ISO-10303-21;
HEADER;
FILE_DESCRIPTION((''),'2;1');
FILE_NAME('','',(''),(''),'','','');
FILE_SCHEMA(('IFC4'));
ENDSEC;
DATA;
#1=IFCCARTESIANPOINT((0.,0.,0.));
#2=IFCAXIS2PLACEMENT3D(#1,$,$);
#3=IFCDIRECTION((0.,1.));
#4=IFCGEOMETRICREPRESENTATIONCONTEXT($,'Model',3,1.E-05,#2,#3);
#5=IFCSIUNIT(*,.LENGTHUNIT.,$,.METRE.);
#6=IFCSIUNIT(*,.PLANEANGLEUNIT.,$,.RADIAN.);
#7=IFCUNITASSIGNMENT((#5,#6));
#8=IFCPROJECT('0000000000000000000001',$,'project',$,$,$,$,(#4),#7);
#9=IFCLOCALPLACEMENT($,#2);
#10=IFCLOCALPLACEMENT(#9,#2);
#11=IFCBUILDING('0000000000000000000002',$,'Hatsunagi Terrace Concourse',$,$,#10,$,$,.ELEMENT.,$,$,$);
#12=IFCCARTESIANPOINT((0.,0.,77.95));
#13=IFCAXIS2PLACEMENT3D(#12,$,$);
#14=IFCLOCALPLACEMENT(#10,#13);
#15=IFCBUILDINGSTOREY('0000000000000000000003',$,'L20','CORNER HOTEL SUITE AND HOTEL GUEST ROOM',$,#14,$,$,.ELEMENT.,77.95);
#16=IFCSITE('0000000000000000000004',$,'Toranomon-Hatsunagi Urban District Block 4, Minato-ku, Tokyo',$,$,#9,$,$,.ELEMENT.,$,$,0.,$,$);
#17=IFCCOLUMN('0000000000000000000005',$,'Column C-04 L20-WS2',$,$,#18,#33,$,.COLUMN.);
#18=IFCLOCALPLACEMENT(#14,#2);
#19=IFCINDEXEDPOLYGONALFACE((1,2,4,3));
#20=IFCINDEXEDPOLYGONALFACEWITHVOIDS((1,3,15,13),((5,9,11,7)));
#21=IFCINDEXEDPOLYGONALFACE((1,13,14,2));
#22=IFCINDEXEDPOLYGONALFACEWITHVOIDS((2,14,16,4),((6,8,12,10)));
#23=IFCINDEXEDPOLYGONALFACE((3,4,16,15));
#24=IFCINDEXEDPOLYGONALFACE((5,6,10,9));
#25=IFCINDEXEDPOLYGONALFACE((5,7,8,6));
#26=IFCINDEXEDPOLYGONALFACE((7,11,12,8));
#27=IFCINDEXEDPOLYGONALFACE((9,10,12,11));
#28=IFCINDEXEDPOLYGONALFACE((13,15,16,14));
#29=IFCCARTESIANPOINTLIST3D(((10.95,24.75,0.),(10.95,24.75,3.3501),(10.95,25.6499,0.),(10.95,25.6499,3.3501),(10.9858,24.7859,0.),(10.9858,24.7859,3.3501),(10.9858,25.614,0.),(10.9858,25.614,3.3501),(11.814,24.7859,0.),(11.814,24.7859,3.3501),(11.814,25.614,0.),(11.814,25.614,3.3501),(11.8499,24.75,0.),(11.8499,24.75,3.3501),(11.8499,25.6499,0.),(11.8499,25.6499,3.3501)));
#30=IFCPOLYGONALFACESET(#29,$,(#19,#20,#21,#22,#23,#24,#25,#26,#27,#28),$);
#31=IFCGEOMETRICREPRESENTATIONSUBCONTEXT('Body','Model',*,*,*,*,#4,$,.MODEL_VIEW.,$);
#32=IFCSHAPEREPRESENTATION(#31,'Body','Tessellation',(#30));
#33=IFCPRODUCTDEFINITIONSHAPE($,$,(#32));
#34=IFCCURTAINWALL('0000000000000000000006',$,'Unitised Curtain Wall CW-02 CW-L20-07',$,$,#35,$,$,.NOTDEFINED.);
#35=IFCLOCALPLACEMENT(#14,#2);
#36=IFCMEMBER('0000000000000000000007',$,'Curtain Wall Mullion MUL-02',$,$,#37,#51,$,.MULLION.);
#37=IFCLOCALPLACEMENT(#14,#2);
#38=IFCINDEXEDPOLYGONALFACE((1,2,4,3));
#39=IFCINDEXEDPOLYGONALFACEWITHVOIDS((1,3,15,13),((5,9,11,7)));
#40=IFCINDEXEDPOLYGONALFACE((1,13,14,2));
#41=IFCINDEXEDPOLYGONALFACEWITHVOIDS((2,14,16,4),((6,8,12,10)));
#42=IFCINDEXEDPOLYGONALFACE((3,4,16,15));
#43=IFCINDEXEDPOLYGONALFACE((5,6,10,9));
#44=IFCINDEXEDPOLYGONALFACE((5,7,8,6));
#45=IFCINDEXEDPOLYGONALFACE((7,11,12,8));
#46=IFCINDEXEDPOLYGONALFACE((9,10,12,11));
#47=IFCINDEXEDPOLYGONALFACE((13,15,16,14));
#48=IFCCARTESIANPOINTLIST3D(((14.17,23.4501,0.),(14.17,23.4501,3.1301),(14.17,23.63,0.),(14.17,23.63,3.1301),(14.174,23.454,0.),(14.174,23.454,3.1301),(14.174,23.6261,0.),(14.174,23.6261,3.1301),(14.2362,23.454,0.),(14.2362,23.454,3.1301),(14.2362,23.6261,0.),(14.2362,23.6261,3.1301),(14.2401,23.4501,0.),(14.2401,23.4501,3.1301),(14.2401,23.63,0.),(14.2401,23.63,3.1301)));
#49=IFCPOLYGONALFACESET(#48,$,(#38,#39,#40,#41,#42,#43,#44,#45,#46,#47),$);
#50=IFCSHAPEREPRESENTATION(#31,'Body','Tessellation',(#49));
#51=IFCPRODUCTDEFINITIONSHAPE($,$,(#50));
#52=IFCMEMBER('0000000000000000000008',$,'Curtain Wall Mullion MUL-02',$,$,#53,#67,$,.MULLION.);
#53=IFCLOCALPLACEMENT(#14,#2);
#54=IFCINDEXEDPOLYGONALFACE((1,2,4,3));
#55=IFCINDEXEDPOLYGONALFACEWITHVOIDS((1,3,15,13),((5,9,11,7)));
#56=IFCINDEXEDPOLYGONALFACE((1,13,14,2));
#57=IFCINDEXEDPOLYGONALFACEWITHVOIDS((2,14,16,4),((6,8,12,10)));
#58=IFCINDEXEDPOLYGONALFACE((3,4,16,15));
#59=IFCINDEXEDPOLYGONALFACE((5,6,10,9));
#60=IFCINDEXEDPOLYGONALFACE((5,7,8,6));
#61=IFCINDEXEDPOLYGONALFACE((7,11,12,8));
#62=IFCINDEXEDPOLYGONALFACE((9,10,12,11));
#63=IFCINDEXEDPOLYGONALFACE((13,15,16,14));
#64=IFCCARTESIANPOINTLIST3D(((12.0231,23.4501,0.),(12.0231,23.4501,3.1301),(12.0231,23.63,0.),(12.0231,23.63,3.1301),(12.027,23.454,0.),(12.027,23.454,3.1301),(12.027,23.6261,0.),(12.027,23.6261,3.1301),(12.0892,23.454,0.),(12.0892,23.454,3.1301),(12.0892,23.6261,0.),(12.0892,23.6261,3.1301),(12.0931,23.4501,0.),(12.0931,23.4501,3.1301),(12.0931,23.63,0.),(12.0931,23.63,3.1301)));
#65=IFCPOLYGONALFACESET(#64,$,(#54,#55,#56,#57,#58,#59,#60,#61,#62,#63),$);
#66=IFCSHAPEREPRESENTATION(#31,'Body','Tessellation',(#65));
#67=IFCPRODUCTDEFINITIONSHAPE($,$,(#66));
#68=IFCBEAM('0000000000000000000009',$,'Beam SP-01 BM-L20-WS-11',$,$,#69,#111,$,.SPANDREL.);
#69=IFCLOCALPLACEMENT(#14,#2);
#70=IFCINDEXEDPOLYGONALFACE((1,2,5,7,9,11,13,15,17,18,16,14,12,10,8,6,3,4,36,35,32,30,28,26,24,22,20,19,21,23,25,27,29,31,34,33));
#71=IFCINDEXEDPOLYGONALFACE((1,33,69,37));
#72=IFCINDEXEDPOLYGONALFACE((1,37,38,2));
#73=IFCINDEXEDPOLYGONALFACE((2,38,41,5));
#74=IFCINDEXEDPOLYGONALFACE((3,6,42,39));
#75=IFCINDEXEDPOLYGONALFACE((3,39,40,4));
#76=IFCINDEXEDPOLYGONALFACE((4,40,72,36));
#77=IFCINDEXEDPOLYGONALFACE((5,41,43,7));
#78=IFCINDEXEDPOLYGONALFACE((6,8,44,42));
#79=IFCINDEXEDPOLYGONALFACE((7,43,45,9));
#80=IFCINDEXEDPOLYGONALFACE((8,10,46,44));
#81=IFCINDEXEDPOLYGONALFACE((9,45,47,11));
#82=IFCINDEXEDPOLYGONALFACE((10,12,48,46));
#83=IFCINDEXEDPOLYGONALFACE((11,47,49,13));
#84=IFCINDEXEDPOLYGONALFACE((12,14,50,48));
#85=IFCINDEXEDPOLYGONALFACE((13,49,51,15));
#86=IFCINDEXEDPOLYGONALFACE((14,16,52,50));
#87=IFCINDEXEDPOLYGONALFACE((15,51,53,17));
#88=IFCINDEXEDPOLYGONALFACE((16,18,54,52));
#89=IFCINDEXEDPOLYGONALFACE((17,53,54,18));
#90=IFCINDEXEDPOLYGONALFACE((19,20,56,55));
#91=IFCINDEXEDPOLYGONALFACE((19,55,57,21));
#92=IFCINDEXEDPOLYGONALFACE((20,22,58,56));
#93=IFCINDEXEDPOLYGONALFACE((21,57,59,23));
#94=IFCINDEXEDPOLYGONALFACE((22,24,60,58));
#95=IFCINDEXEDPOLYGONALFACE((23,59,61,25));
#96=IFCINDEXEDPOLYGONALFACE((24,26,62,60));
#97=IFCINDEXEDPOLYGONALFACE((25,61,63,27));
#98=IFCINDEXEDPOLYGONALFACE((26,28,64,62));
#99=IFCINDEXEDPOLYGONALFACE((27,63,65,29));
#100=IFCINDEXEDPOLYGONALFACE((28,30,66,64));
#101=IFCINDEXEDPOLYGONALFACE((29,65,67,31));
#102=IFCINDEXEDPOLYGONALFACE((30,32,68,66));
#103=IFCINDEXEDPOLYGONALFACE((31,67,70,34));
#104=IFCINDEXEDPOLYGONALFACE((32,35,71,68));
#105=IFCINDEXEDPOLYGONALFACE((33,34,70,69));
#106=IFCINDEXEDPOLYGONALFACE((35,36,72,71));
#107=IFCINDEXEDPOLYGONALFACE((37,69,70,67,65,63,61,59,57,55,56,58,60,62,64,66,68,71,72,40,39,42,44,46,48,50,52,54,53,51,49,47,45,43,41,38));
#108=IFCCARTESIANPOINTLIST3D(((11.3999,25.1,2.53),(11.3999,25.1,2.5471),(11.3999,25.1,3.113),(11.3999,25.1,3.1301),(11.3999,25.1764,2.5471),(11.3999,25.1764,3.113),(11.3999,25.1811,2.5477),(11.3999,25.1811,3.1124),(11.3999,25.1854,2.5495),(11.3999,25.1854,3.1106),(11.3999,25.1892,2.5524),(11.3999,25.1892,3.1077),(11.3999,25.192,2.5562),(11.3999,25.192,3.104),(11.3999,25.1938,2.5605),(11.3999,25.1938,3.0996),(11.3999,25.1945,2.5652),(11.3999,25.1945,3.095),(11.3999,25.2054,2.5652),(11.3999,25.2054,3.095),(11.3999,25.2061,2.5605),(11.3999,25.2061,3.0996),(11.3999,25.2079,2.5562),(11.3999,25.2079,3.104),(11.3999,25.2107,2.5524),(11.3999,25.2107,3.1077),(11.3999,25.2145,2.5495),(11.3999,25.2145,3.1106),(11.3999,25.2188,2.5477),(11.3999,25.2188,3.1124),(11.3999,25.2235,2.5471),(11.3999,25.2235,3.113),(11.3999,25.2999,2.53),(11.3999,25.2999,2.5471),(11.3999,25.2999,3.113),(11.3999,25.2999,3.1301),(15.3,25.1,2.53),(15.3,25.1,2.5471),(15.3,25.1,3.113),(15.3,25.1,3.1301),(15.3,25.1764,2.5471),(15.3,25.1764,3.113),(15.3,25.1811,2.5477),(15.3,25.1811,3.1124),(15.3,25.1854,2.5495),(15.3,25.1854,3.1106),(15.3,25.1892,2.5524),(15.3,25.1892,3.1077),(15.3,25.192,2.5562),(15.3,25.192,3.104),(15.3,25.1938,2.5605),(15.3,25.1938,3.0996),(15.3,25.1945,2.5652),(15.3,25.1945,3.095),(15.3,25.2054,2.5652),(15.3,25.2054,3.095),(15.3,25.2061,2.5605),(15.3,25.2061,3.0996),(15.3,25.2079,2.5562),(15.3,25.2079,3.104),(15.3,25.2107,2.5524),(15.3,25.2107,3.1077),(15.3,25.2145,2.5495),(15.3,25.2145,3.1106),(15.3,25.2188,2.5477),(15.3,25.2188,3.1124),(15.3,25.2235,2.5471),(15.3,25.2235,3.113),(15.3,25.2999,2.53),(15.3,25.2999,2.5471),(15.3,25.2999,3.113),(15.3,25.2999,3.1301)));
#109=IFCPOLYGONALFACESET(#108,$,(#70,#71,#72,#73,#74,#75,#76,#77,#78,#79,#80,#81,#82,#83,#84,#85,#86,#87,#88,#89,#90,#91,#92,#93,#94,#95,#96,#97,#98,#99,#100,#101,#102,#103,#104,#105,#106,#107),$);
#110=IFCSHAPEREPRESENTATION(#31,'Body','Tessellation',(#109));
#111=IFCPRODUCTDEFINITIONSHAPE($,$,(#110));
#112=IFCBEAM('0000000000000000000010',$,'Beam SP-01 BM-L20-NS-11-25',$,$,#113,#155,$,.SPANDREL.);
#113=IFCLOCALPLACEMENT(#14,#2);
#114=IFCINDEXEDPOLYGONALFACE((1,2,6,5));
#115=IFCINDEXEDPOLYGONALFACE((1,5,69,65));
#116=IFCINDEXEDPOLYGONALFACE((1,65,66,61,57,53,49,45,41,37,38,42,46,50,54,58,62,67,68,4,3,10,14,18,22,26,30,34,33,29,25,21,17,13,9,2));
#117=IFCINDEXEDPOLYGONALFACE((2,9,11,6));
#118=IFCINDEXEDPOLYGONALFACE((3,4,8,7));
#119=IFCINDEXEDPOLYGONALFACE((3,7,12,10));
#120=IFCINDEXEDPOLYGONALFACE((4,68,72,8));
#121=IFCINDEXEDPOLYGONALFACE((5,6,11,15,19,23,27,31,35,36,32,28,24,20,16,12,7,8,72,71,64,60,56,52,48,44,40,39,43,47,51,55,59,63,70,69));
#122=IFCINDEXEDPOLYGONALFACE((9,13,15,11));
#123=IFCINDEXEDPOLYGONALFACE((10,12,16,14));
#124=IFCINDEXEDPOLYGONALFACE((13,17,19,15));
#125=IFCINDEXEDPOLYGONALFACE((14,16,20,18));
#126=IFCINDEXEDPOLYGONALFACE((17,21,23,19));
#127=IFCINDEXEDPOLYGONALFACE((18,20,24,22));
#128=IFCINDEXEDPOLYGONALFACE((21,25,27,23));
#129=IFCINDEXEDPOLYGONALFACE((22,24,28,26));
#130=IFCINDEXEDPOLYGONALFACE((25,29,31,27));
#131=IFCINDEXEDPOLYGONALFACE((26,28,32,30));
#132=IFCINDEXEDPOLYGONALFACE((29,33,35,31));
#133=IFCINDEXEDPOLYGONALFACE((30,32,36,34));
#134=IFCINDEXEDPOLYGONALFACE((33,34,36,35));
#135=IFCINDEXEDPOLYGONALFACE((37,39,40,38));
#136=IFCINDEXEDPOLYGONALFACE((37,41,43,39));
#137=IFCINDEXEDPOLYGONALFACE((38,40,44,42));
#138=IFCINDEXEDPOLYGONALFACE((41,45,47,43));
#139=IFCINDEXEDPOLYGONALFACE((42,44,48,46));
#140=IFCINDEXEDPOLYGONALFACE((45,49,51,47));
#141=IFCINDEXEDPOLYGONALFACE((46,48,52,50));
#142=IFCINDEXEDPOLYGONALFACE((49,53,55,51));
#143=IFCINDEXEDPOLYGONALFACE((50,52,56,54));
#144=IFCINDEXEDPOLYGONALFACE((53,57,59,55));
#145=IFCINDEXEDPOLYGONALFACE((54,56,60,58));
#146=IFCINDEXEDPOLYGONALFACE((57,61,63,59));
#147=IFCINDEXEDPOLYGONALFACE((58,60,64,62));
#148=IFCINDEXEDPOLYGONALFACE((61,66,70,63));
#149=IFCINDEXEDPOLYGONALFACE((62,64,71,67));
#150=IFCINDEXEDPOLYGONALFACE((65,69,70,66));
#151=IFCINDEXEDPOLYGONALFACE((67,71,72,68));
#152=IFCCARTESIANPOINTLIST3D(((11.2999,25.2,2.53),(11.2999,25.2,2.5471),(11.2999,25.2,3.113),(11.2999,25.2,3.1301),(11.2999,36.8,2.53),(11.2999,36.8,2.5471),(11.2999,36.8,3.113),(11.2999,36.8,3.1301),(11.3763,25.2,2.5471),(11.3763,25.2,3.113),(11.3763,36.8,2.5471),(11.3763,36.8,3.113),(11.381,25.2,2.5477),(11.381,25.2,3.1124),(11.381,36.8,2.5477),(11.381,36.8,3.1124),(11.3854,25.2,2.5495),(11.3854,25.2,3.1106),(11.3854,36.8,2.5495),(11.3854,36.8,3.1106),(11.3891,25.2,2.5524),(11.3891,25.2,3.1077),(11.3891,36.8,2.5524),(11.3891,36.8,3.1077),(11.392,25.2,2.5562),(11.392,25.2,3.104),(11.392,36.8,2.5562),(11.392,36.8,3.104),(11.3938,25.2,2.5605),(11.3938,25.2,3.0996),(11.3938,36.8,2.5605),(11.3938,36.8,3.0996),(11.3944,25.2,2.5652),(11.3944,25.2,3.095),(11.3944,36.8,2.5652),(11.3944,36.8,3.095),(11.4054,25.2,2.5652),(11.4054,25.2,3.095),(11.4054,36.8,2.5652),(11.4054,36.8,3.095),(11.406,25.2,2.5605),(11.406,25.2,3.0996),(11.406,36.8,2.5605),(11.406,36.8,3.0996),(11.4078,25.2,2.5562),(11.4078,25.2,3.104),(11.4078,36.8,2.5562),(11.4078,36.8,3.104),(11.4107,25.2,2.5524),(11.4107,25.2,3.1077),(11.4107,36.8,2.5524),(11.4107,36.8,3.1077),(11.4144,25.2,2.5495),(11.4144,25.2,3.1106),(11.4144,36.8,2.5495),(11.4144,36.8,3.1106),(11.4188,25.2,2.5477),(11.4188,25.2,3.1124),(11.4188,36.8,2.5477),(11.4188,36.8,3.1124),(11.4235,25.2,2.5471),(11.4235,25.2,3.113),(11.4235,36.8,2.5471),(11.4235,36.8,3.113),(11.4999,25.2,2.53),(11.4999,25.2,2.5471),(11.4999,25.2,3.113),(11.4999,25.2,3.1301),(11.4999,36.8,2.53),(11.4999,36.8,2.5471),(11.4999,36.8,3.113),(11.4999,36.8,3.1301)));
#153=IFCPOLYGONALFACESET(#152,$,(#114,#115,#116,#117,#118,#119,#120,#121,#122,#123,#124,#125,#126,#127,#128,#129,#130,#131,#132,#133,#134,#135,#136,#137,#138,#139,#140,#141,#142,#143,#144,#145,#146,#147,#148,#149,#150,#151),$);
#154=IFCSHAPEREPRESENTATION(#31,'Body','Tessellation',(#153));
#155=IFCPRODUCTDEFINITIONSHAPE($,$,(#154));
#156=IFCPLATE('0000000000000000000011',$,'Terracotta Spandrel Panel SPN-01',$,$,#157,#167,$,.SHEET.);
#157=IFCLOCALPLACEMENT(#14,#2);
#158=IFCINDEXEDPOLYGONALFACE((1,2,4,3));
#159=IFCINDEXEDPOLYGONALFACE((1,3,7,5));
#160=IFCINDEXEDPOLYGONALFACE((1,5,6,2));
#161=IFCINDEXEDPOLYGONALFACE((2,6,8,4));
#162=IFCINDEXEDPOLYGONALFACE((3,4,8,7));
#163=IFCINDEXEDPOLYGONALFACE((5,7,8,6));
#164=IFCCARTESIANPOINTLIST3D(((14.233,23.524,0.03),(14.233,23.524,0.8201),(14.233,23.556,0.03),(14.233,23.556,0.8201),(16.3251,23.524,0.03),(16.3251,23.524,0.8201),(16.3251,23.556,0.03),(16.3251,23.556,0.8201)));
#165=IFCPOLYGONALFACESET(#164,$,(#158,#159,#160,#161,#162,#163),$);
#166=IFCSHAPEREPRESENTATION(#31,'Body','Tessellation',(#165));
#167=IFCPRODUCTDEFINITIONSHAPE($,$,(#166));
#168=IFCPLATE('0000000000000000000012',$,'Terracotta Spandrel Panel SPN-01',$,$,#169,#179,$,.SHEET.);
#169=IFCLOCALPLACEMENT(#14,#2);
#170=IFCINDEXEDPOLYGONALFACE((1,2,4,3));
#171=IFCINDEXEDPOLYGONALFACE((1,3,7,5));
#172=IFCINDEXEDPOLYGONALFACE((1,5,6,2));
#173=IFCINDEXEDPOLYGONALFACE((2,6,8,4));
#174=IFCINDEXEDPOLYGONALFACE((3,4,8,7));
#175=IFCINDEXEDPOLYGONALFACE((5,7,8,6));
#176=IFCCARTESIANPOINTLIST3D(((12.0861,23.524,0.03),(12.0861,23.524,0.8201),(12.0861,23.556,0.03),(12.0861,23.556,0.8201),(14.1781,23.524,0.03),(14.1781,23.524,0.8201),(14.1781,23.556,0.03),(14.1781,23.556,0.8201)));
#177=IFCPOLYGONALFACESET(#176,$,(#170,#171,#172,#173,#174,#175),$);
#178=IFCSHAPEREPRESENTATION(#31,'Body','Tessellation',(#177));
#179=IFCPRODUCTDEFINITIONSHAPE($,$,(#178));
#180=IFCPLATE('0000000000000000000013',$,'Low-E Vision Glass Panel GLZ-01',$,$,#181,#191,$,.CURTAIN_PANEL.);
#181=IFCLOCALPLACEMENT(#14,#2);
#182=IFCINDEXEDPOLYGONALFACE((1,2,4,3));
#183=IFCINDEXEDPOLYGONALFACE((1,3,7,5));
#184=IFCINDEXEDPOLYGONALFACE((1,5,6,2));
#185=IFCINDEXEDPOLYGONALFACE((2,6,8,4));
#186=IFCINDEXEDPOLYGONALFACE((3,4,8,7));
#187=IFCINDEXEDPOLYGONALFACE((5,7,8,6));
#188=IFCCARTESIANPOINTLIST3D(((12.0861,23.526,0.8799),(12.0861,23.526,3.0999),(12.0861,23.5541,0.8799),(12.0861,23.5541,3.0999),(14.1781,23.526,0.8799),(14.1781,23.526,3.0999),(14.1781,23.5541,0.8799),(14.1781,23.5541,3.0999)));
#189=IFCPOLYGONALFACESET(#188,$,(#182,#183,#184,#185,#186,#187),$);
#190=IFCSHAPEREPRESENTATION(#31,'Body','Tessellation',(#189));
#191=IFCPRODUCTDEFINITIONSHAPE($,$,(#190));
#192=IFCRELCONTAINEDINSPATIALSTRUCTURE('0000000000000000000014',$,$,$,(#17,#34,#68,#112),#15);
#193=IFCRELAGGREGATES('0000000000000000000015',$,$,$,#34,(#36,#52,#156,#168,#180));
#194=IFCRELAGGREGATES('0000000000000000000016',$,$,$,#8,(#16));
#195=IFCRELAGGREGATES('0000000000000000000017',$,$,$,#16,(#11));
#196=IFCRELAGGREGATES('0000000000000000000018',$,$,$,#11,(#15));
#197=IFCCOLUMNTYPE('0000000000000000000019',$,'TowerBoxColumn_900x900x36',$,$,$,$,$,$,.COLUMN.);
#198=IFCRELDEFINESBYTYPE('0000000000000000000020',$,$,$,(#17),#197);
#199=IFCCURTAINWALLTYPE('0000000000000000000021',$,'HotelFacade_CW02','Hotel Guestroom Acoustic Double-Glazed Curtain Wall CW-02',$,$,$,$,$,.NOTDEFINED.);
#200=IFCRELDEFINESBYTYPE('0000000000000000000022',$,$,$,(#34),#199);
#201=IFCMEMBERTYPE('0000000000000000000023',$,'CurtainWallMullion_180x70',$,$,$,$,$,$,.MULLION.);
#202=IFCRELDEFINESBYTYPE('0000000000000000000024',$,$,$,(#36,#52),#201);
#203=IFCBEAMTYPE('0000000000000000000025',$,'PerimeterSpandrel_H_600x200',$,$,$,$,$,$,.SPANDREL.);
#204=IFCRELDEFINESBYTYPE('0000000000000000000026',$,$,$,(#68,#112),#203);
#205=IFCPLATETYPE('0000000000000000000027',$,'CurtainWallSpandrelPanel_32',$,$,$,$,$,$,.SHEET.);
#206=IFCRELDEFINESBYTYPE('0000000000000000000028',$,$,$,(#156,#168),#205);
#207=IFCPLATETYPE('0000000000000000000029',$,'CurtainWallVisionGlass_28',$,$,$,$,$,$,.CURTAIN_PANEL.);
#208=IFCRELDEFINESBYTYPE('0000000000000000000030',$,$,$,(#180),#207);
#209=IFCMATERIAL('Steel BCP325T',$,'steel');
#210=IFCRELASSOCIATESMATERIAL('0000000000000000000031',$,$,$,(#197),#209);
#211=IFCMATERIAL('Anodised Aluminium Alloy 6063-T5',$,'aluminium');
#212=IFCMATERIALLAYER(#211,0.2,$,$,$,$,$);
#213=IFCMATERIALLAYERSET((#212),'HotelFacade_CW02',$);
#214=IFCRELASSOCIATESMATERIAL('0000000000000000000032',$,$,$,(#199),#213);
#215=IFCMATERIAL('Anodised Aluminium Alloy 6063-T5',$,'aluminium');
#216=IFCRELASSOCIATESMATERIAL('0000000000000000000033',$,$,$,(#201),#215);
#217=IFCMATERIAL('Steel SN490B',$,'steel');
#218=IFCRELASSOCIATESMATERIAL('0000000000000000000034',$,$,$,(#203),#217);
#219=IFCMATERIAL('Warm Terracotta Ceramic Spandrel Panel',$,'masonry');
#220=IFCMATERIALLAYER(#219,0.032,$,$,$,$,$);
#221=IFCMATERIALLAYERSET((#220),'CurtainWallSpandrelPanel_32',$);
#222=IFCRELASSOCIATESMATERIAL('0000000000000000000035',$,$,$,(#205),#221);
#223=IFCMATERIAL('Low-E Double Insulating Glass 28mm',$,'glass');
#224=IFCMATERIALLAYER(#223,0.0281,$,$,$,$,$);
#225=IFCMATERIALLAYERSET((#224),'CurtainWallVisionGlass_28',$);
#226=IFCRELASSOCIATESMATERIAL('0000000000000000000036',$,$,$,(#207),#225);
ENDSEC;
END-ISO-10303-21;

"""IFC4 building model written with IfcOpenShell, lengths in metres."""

from ifc_helpers import new_model, si_unit, direction, frame, origin, origin_2d, place, context, subcontext, project, spatial, rectangle, hollow_rectangle, i_section, extrude, material, layer, layer_set, material_profile, profile_set, type_object, element, aggregate, save


model = new_model("IFC4")

# Units and contexts
model_context = context("Model", 3, precision=1e-05, world=origin(), true_north=direction((0.0, 1.0)))
body_context = subcontext(model_context, "Body", "Model", "MODEL_VIEW")
ifc_project = project(units=[si_unit("LENGTHUNIT", "METRE"), si_unit("PLANEANGLEUNIT", "RADIAN")], contexts=[model_context])

# Site, building, storey
site_placement = place(None, origin())
site = spatial("IfcSite", under=ifc_project, at=site_placement, Name="Toranomon-Hatsunagi Urban District Block 4, Minato-ku, Tokyo", CompositionType="ELEMENT", RefElevation=0.0)
building_placement = place(site_placement, origin())
building = spatial("IfcBuilding", under=site, at=building_placement, Name="Hatsunagi Terrace Concourse", CompositionType="ELEMENT")
storey_placement = place(building_placement, frame((0.0, 0.0, 77.95)))
storey = spatial("IfcBuildingStorey", under=building, at=storey_placement, Name="L20", Description="CORNER HOTEL SUITE AND HOTEL GUEST ROOM", CompositionType="ELEMENT", Elevation=77.95)

# Column
ifc_material_1 = material(Name="Steel BCP325T", Category="steel")
ifc_material_profile_1 = material_profile(ifc_material_1, hollow_rectangle(XDim=0.8999, YDim=0.8999, WallThickness=0.0359, at=origin_2d()), Name="BCP-900x900x36")
ifc_profile_set_1 = profile_set([ifc_material_profile_1], Name="Steel BCP325T")
column_type = type_object("IfcColumnType", Name="TowerBoxColumn_900x900x36", PredefinedType="COLUMN", material=ifc_profile_set_1)
column_placement = place(storey_placement, frame((11.3999, 25.2, 0.0), z_axis=(0.0, 0.0, 1.0), x_axis=(1.0, 0.0, 0.0)))
element("IfcColumn", 1, at=column_placement, inside=storey, type_object=column_type, Name="Column C-04 L20-WS2", PredefinedType="COLUMN", context=body_context, shape_type="SweptSolid", body=[
    extrude(hollow_rectangle(XDim=0.8999, YDim=0.8999, WallThickness=0.0359, at=origin_2d()), origin(), (0.0, 0.0, 1.0), 3.3501),
])

# Curtain wall, members
ifc_material_2 = material(Name="Anodised Aluminium Alloy 6063-T5", Category="aluminium")
ifc_layer_1 = layer(ifc_material_2, 0.2)
ifc_layer_set_1 = layer_set([ifc_layer_1], Name="HotelFacade_CW02")
curtain_wall_type = type_object("IfcCurtainWallType", Name="HotelFacade_CW02", Description="Hotel Guestroom Acoustic Double-Glazed Curtain Wall CW-02", PredefinedType="NOTDEFINED", material=ifc_layer_set_1)
curtain_wall_placement = place(storey_placement, origin())
curtain_wall = element("IfcCurtainWall", 2, at=curtain_wall_placement, inside=storey, type_object=curtain_wall_type, Name="Unitised Curtain Wall CW-02 CW-L20-07", PredefinedType="NOTDEFINED")
ifc_material_3 = material(Name="Anodised Aluminium Alloy 6063-T5", Category="aluminium")
ifc_material_profile_2 = material_profile(ifc_material_3, hollow_rectangle(XDim=0.0701, YDim=0.1799, WallThickness=0.0039, at=origin_2d()), Name="ALU-MUL-180x70x4")
ifc_profile_set_2 = profile_set([ifc_material_profile_2], Name="Anodised Aluminium Alloy 6063-T5")
member_type = type_object("IfcMemberType", Name="CurtainWallMullion_180x70", PredefinedType="MULLION", material=ifc_profile_set_2)
member_1_placement = place(storey_placement, frame((14.2051, 23.54, 0.0), z_axis=(0.0, 0.0, 1.0), x_axis=(-1.0, 0.0, 0.0)))
member_1 = element("IfcMember", 3, at=member_1_placement, type_object=member_type, Name="Curtain Wall Mullion MUL-02", PredefinedType="MULLION", context=body_context, shape_type="SweptSolid", body=[
    extrude(hollow_rectangle(XDim=0.0701, YDim=0.1799, WallThickness=0.0039, at=origin_2d()), origin(), (0.0, 0.0, 1.0), 3.1301),
])
member_2_placement = place(storey_placement, frame((12.0581, 23.54, 0.0), z_axis=(0.0, 0.0, 1.0), x_axis=(-1.0, 0.0, 0.0)))
member_2 = element("IfcMember", 4, at=member_2_placement, type_object=member_type, Name="Curtain Wall Mullion MUL-02", PredefinedType="MULLION", context=body_context, shape_type="SweptSolid", body=[
    extrude(hollow_rectangle(XDim=0.0701, YDim=0.1799, WallThickness=0.0039, at=origin_2d()), origin(), (0.0, 0.0, 1.0), 3.1301),
])

# Beams
ifc_material_4 = material(Name="Steel SN490B", Category="steel")
ifc_material_profile_3 = material_profile(ifc_material_4, i_section(OverallWidth=0.2, OverallDepth=0.6001, WebThickness=0.011, FlangeThickness=0.0171, FilletRadius=0.0181, at=origin_2d()), Name="H-600x200x11x17")
ifc_profile_set_3 = profile_set([ifc_material_profile_3], Name="Steel SN490B")
beam_type = type_object("IfcBeamType", Name="PerimeterSpandrel_H_600x200", PredefinedType="SPANDREL", material=ifc_profile_set_3)
beam_1_placement = place(storey_placement, frame((11.3999, 25.2, 2.8301), z_axis=(1.0, 0.0, 0.0), x_axis=(0.0, 1.0, 0.0)))
element("IfcBeam", 5, at=beam_1_placement, inside=storey, type_object=beam_type, Name="Beam SP-01 BM-L20-WS-11", PredefinedType="SPANDREL", context=body_context, shape_type="SweptSolid", body=[
    extrude(i_section(OverallWidth=0.2, OverallDepth=0.6001, WebThickness=0.011, FlangeThickness=0.0171, FilletRadius=0.0181, at=origin_2d()), origin(), (0.0, 0.0, 1.0), 3.9001),
])
beam_2_placement = place(storey_placement, frame((11.3999, 25.2, 2.8301), z_axis=(0.0, 1.0, 0.0), x_axis=(-1.0, 0.0, 0.0)))
element("IfcBeam", 6, at=beam_2_placement, inside=storey, type_object=beam_type, Name="Beam SP-01 BM-L20-NS-11-25", PredefinedType="SPANDREL", context=body_context, shape_type="SweptSolid", body=[
    extrude(i_section(OverallWidth=0.2, OverallDepth=0.6001, WebThickness=0.011, FlangeThickness=0.0171, FilletRadius=0.0181, at=origin_2d()), origin(), (0.0, 0.0, 1.0), 11.6001),
])

# Plates
ifc_material_5 = material(Name="Warm Terracotta Ceramic Spandrel Panel", Category="masonry")
ifc_layer_2 = layer(ifc_material_5, 0.032)
ifc_layer_set_2 = layer_set([ifc_layer_2], Name="CurtainWallSpandrelPanel_32")
plate_type_1 = type_object("IfcPlateType", Name="CurtainWallSpandrelPanel_32", PredefinedType="SHEET", material=ifc_layer_set_2)
plate_1_placement = place(storey_placement, frame((15.2791, 23.54, 0.03), z_axis=(0.0, 0.0, 1.0), x_axis=(-1.0, 0.0, 0.0)))
plate_1 = element("IfcPlate", 7, at=plate_1_placement, type_object=plate_type_1, Name="Terracotta Spandrel Panel SPN-01", PredefinedType="SHEET", context=body_context, shape_type="SweptSolid", body=[
    extrude(rectangle(XDim=2.092, YDim=0.032, at=origin_2d()), origin(), (0.0, 0.0, 1.0), 0.79),
])
plate_2_placement = place(storey_placement, frame((13.1321, 23.54, 0.03), z_axis=(0.0, 0.0, 1.0), x_axis=(-1.0, 0.0, 0.0)))
plate_2 = element("IfcPlate", 8, at=plate_2_placement, type_object=plate_type_1, Name="Terracotta Spandrel Panel SPN-01", PredefinedType="SHEET", context=body_context, shape_type="SweptSolid", body=[
    extrude(rectangle(XDim=2.092, YDim=0.032, at=origin_2d()), origin(), (0.0, 0.0, 1.0), 0.79),
])
ifc_material_6 = material(Name="Low-E Double Insulating Glass 28mm", Category="glass")
ifc_layer_3 = layer(ifc_material_6, 0.0281)
ifc_layer_set_3 = layer_set([ifc_layer_3], Name="CurtainWallVisionGlass_28")
plate_type_2 = type_object("IfcPlateType", Name="CurtainWallVisionGlass_28", PredefinedType="CURTAIN_PANEL", material=ifc_layer_set_3)
plate_3_placement = place(storey_placement, frame((13.1321, 23.54, 0.8799), z_axis=(0.0, 0.0, 1.0), x_axis=(-1.0, 0.0, 0.0)))
plate_3 = element("IfcPlate", 9, at=plate_3_placement, type_object=plate_type_2, Name="Low-E Vision Glass Panel GLZ-01", PredefinedType="CURTAIN_PANEL", context=body_context, shape_type="SweptSolid", body=[
    extrude(rectangle(XDim=2.092, YDim=0.0281, at=origin_2d()), origin(), (0.0, 0.0, 1.0), 2.22),
])
aggregate(curtain_wall, [member_1, member_2, plate_1, plate_2, plate_3])

save(model, "model.ifc")
